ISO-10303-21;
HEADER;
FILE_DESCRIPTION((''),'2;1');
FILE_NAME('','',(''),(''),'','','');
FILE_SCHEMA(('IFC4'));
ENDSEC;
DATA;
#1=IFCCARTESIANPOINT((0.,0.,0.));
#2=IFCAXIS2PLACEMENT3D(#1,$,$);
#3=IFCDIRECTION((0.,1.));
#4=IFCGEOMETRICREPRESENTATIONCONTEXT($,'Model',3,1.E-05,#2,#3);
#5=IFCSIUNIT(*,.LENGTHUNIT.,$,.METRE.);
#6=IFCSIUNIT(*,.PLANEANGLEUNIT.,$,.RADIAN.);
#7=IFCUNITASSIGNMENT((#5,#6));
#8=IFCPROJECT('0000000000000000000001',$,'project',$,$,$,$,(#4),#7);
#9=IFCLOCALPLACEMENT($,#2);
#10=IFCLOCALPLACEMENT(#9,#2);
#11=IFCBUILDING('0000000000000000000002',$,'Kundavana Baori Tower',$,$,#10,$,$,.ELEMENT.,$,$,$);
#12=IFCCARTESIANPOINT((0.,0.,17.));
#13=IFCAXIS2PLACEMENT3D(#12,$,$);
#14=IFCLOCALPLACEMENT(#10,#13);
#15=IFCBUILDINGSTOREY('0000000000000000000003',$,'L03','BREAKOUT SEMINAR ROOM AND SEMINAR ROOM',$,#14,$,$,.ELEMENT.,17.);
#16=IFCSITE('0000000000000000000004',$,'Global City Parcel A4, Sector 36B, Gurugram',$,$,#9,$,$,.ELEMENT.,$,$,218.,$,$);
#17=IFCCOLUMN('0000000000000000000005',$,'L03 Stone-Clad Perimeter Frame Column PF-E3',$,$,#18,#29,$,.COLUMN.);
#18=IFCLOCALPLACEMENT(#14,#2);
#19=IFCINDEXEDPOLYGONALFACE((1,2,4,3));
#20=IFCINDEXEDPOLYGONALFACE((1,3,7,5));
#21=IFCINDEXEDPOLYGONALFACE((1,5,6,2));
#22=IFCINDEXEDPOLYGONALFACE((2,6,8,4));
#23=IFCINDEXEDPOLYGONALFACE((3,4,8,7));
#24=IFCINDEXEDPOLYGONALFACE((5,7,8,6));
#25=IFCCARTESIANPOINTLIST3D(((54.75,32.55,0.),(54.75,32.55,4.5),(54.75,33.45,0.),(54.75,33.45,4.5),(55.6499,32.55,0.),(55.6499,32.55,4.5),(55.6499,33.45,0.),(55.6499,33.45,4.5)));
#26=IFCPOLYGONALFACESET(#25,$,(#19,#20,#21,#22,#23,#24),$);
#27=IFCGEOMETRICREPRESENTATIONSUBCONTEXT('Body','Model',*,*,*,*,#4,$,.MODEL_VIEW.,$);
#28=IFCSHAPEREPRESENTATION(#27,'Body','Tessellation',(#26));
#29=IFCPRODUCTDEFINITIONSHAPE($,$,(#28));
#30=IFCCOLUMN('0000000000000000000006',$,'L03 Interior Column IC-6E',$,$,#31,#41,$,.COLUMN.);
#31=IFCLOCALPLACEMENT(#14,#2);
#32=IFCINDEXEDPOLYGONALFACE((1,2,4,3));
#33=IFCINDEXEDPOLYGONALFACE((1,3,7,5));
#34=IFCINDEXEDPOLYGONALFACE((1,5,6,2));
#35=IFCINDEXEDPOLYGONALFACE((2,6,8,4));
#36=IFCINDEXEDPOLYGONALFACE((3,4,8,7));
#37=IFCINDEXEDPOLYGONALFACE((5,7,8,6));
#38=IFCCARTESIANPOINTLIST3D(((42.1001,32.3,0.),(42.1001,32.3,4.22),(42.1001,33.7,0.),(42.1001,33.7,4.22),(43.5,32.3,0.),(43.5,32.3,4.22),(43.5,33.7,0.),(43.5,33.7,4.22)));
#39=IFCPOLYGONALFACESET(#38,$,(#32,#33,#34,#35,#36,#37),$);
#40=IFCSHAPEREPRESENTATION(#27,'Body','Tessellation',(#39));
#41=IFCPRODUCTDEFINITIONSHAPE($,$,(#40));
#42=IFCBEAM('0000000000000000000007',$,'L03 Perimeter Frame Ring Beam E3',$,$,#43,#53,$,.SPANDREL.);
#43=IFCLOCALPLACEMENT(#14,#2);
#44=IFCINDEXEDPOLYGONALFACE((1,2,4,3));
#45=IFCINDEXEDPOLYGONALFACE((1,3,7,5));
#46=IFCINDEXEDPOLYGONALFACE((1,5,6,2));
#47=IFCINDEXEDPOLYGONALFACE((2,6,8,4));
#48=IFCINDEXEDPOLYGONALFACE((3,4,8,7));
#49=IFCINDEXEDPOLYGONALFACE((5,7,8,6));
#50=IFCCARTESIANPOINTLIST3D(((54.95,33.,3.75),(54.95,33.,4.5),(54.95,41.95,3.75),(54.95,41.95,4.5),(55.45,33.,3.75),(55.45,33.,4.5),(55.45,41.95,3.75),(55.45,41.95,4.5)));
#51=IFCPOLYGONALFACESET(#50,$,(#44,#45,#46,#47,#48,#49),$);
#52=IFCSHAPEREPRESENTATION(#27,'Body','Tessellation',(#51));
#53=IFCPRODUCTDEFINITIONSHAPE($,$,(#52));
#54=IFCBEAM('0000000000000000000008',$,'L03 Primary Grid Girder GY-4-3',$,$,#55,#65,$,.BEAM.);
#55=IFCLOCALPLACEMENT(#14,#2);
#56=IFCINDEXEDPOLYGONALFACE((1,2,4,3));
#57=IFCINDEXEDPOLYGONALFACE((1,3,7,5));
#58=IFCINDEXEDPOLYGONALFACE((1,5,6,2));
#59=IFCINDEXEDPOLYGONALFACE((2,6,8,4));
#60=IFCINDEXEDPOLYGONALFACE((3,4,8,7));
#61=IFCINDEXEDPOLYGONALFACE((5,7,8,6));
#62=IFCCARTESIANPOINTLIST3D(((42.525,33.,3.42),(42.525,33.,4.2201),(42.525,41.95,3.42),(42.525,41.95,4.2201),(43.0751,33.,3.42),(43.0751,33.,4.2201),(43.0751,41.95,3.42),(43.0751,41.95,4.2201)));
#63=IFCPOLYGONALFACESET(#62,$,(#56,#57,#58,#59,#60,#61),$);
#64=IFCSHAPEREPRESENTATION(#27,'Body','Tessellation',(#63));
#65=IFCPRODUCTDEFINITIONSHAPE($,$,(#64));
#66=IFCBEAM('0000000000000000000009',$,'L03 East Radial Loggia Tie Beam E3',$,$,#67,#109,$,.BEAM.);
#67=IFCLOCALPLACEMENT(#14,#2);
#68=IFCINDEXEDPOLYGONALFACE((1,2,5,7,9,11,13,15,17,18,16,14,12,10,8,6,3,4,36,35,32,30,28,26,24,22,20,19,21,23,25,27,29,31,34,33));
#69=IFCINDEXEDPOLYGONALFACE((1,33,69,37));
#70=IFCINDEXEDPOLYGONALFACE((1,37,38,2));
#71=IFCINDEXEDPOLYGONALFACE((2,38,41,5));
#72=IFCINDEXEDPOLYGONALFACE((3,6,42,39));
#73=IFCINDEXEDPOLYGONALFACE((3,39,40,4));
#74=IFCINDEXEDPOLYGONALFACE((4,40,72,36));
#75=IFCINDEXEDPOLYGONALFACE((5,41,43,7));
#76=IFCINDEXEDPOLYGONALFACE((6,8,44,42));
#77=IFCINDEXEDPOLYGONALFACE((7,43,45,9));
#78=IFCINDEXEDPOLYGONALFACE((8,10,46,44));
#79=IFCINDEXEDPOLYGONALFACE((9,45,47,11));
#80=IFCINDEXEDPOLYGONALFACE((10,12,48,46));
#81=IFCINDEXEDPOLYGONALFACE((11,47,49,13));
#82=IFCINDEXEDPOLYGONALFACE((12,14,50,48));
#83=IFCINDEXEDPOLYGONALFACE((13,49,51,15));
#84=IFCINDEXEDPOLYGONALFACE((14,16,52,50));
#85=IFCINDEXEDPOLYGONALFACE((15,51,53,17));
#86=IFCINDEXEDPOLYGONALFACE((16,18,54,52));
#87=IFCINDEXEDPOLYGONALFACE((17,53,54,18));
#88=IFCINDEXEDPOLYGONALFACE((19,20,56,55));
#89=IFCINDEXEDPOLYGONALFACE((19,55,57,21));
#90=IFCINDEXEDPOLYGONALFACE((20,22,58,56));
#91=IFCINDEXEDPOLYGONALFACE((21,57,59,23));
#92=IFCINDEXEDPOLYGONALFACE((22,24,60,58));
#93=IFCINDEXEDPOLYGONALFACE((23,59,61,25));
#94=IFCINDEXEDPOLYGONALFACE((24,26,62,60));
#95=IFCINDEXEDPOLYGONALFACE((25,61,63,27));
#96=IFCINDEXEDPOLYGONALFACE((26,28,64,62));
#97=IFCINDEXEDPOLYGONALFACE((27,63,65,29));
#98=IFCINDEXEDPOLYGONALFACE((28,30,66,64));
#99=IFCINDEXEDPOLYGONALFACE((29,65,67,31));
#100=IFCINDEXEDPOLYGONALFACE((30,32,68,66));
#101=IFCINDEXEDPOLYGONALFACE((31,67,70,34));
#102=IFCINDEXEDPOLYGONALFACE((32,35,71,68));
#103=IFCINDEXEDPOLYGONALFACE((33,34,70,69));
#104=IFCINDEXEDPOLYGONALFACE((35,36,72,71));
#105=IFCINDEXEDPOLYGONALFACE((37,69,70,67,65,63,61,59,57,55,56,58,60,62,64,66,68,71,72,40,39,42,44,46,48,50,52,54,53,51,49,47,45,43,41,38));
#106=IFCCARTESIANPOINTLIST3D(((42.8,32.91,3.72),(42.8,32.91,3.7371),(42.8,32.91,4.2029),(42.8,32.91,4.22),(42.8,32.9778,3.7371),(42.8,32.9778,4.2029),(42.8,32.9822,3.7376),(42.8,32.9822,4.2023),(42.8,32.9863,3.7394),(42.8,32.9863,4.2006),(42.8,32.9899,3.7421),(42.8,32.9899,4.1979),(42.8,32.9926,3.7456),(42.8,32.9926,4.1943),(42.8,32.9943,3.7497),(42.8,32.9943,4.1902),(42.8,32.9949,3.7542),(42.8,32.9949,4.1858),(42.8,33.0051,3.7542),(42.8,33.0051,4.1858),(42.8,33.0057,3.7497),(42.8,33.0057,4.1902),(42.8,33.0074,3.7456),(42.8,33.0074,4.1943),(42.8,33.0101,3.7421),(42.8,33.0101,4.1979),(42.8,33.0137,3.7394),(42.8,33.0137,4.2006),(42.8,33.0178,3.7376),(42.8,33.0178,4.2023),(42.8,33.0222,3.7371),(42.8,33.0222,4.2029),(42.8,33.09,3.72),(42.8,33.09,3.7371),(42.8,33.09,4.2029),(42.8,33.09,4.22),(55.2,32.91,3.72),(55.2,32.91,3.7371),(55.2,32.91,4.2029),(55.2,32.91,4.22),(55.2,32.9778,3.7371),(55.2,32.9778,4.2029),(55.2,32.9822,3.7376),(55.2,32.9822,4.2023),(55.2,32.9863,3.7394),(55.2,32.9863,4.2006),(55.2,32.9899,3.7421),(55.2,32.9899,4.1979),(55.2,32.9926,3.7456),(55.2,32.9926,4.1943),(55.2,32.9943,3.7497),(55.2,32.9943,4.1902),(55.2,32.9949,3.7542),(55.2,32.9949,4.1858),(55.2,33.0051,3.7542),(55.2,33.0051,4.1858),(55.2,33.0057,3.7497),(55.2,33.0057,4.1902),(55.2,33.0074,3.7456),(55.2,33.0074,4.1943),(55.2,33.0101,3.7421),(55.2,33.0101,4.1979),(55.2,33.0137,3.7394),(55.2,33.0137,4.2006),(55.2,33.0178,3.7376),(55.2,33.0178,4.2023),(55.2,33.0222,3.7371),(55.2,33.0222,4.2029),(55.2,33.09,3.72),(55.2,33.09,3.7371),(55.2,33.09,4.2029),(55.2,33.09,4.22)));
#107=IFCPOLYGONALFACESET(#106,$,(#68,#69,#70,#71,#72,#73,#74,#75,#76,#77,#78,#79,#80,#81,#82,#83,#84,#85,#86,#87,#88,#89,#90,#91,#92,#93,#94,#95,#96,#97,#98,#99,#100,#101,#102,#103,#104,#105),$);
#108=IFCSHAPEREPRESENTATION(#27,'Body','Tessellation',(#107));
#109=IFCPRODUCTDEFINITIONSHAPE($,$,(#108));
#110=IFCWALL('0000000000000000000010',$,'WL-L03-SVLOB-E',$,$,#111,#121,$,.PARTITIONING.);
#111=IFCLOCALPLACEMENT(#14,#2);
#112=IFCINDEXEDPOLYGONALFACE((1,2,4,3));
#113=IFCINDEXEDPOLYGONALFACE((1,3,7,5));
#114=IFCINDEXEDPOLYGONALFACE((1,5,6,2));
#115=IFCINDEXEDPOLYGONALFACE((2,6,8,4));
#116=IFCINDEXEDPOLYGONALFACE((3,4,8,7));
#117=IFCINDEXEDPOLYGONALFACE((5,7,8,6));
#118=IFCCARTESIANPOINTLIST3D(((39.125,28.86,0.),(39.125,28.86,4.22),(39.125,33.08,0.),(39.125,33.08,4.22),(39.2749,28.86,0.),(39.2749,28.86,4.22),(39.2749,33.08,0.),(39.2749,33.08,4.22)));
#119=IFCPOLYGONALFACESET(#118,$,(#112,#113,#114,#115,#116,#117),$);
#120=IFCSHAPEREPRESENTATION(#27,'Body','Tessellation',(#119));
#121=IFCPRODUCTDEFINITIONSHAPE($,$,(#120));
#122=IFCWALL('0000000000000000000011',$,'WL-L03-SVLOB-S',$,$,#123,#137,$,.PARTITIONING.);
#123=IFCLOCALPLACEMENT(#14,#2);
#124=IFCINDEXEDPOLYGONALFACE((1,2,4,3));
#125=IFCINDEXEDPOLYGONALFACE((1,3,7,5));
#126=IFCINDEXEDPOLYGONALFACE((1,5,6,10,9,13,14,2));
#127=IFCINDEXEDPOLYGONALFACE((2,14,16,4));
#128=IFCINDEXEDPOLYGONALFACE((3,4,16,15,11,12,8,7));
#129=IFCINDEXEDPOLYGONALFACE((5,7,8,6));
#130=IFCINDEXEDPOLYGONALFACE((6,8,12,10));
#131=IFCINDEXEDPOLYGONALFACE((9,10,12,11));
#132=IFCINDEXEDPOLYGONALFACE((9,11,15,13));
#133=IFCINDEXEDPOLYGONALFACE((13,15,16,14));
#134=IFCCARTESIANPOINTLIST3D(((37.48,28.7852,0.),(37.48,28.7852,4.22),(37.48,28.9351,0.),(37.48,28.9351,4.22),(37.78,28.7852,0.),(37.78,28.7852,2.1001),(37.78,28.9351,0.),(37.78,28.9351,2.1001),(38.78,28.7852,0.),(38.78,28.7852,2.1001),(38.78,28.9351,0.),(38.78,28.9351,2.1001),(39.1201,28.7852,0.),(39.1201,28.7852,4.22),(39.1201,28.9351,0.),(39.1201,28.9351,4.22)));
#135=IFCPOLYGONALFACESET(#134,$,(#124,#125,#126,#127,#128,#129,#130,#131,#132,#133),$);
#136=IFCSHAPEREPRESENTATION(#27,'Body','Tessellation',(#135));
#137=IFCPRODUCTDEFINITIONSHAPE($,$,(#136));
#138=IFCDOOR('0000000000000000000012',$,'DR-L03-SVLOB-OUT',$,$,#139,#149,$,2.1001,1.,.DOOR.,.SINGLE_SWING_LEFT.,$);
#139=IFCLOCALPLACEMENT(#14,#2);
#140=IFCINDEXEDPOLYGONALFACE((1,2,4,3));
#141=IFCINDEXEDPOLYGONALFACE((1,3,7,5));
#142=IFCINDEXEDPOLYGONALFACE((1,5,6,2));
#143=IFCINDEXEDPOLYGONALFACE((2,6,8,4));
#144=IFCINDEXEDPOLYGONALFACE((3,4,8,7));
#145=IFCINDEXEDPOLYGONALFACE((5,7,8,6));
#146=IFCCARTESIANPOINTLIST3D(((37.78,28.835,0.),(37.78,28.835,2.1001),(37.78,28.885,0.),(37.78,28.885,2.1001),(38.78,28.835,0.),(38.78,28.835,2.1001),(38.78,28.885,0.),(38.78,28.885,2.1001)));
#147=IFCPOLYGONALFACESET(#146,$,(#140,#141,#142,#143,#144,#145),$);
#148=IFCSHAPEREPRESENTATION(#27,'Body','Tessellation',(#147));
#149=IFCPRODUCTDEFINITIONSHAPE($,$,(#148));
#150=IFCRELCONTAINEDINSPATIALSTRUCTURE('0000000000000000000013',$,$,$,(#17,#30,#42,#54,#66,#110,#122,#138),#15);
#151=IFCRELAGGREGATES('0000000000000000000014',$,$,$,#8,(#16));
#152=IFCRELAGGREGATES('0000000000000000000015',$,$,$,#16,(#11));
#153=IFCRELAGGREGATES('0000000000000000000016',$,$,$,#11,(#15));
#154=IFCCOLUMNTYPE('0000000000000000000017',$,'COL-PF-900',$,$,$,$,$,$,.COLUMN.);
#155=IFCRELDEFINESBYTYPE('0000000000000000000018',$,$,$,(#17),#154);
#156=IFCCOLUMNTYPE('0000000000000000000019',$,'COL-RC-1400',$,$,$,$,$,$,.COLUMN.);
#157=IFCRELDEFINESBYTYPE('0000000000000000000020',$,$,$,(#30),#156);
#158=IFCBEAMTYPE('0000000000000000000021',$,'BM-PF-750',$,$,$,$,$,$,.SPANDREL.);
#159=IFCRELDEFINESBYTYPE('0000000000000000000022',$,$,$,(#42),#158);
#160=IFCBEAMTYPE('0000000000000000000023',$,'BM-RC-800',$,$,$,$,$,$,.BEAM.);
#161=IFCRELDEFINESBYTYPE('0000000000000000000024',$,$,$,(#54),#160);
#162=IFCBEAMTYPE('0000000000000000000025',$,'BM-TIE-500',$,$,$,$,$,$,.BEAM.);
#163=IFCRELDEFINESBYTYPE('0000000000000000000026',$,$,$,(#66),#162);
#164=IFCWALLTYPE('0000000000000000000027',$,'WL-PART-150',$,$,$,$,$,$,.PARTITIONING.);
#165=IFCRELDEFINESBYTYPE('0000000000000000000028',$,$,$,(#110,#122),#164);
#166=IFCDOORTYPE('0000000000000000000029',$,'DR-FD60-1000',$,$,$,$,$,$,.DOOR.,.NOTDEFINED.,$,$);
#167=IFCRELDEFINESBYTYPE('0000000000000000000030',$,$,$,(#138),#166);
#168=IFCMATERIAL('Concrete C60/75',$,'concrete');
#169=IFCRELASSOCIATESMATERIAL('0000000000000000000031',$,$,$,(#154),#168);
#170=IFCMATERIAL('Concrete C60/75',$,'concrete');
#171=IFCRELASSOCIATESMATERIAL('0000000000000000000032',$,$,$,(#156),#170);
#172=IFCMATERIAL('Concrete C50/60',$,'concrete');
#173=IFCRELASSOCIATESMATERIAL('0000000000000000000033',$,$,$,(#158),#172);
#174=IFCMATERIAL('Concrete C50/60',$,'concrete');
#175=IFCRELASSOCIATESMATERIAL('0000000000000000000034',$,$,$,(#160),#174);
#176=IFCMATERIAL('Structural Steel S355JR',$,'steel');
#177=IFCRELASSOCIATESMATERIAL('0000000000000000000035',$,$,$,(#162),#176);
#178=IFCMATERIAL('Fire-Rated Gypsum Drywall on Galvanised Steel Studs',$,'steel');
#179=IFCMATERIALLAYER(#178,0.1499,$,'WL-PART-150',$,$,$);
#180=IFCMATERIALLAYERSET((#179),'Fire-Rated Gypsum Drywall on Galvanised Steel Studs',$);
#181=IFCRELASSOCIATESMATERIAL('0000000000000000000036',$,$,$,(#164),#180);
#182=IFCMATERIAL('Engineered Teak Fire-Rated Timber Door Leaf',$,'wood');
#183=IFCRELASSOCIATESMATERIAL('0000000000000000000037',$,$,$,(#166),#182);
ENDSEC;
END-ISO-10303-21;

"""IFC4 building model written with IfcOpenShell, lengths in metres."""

from ifc_helpers import new_model, si_unit, direction, frame, frame_2d, origin, origin_2d, place, context, subcontext, project, spatial, rectangle, i_section, extrude, material, layer, layer_set, material_profile, profile_set, type_object, element, fill, save


model = new_model("IFC4")

# Units and contexts
model_context = context("Model", 3, precision=1e-05, world=origin(), true_north=direction((0.0, 1.0)))
body_context = subcontext(model_context, "Body", "Model", "MODEL_VIEW")
ifc_project = project(units=[si_unit("LENGTHUNIT", "METRE"), si_unit("PLANEANGLEUNIT", "RADIAN")], contexts=[model_context])

# Site, building, storey
site_placement = place(None, origin())
site = spatial("IfcSite", under=ifc_project, at=site_placement, Name="Global City Parcel A4, Sector 36B, Gurugram", CompositionType="ELEMENT", RefElevation=218.0)
building_placement = place(site_placement, origin())
building = spatial("IfcBuilding", under=site, at=building_placement, Name="Kundavana Baori Tower", CompositionType="ELEMENT")
storey_placement = place(building_placement, frame((0.0, 0.0, 17.0)))
storey = spatial("IfcBuildingStorey", under=building, at=storey_placement, Name="L03", Description="BREAKOUT SEMINAR ROOM AND SEMINAR ROOM", CompositionType="ELEMENT", Elevation=17.0)

# Columns
ifc_material_1 = material(Name="Concrete C60/75", Category="concrete")
ifc_material_profile_1 = material_profile(ifc_material_1, rectangle(XDim=0.8999, YDim=0.8999, at=origin_2d()), Name="RC PF 900x900")
ifc_profile_set_1 = profile_set([ifc_material_profile_1], Name="Concrete C60/75")
column_type_1 = type_object("IfcColumnType", Name="COL-PF-900", PredefinedType="COLUMN", material=ifc_profile_set_1)
column_1_placement = place(storey_placement, frame((55.2, 33.0, 0.0), z_axis=(0.0, 0.0, 1.0), x_axis=(1.0, 0.0, 0.0)))
element("IfcColumn", 1, at=column_1_placement, inside=storey, type_object=column_type_1, Name="L03 Stone-Clad Perimeter Frame Column PF-E3", PredefinedType="COLUMN", context=body_context, shape_type="SweptSolid", body=[
    extrude(rectangle(XDim=0.8999, YDim=0.8999, at=origin_2d()), origin(), (0.0, 0.0, 1.0), 4.5),
])
ifc_material_2 = material(Name="Concrete C60/75", Category="concrete")
ifc_material_profile_2 = material_profile(ifc_material_2, rectangle(XDim=1.3999, YDim=1.3999, at=origin_2d()), Name="RC 1400x1400")
ifc_profile_set_2 = profile_set([ifc_material_profile_2], Name="Concrete C60/75")
column_type_2 = type_object("IfcColumnType", Name="COL-RC-1400", PredefinedType="COLUMN", material=ifc_profile_set_2)
column_2_placement = place(storey_placement, frame((42.8, 33.0, 0.0), z_axis=(0.0, 0.0, 1.0), x_axis=(1.0, 0.0, 0.0)))
element("IfcColumn", 2, at=column_2_placement, inside=storey, type_object=column_type_2, Name="L03 Interior Column IC-6E", PredefinedType="COLUMN", context=body_context, shape_type="SweptSolid", body=[
    extrude(rectangle(XDim=1.3999, YDim=1.3999, at=origin_2d()), origin(), (0.0, 0.0, 1.0), 4.22),
])

# Beams
ifc_material_3 = material(Name="Concrete C50/60", Category="concrete")
ifc_material_profile_3 = material_profile(ifc_material_3, rectangle(XDim=0.5, YDim=0.75, at=origin_2d()), Name="RC BM 500x750")
ifc_profile_set_3 = profile_set([ifc_material_profile_3], Name="Concrete C50/60")
beam_type_1 = type_object("IfcBeamType", Name="BM-PF-750", PredefinedType="SPANDREL", material=ifc_profile_set_3)
beam_1_placement = place(storey_placement, frame((55.2, 33.0, 4.125), z_axis=(0.0, 1.0, 0.0), x_axis=(-1.0, 0.0, 0.0)))
element("IfcBeam", 3, at=beam_1_placement, inside=storey, type_object=beam_type_1, Name="L03 Perimeter Frame Ring Beam E3", PredefinedType="SPANDREL", context=body_context, shape_type="SweptSolid", body=[
    extrude(rectangle(XDim=0.5, YDim=0.75, at=origin_2d()), origin(), (0.0, 0.0, 1.0), 8.95),
])
ifc_material_4 = material(Name="Concrete C50/60", Category="concrete")
ifc_material_profile_4 = material_profile(ifc_material_4, rectangle(XDim=0.55, YDim=0.8, at=origin_2d()), Name="RC BM 550x800")
ifc_profile_set_4 = profile_set([ifc_material_profile_4], Name="Concrete C50/60")
beam_type_2 = type_object("IfcBeamType", Name="BM-RC-800", PredefinedType="BEAM", material=ifc_profile_set_4)
beam_2_placement = place(storey_placement, frame((42.8, 33.0, 3.8201), z_axis=(0.0, 1.0, 0.0), x_axis=(-1.0, 0.0, 0.0)))
element("IfcBeam", 4, at=beam_2_placement, inside=storey, type_object=beam_type_2, Name="L03 Primary Grid Girder GY-4-3", PredefinedType="BEAM", context=body_context, shape_type="SweptSolid", body=[
    extrude(rectangle(XDim=0.55, YDim=0.8, at=origin_2d()), origin(), (0.0, 0.0, 1.0), 8.95),
])
ifc_material_5 = material(Name="Structural Steel S355JR", Category="steel")
ifc_material_profile_5 = material_profile(ifc_material_5, i_section(OverallWidth=0.1799, OverallDepth=0.5, WebThickness=0.0103, FlangeThickness=0.0171, FilletRadius=0.0171, at=origin_2d()), Name="ISMB 500")
ifc_profile_set_5 = profile_set([ifc_material_profile_5], Name="Structural Steel S355JR")
beam_type_3 = type_object("IfcBeamType", Name="BM-TIE-500", PredefinedType="BEAM", material=ifc_profile_set_5)
beam_3_placement = place(storey_placement, frame((42.8, 33.0, 3.97), z_axis=(1.0, 0.0, 0.0), x_axis=(0.0, 1.0, 0.0)))
element("IfcBeam", 5, at=beam_3_placement, inside=storey, type_object=beam_type_3, Name="L03 East Radial Loggia Tie Beam E3", PredefinedType="BEAM", context=body_context, shape_type="SweptSolid", body=[
    extrude(i_section(OverallWidth=0.1799, OverallDepth=0.5, WebThickness=0.0103, FlangeThickness=0.0171, FilletRadius=0.0171, at=origin_2d()), origin(), (0.0, 0.0, 1.0), 12.3999),
])

# Wall
ifc_material_6 = material(Name="Fire-Rated Gypsum Drywall on Galvanised Steel Studs", Category="steel")
ifc_layer_1 = layer(ifc_material_6, 0.1499, Name="WL-PART-150")
ifc_layer_set_1 = layer_set([ifc_layer_1], Name="Fire-Rated Gypsum Drywall on Galvanised Steel Studs")
wall_type_1 = type_object("IfcWallType", Name="WL-PART-150", PredefinedType="PARTITIONING", material=ifc_layer_set_1)
wall_1_placement = place(storey_placement, frame((39.2, 28.8601, 0.0), z_axis=(0.0, 0.0, 1.0), x_axis=(0.0, 1.0, 0.0)))
element("IfcWall", 6, at=wall_1_placement, inside=storey, type_object=wall_type_1, Name="WL-L03-SVLOB-E", PredefinedType="PARTITIONING", context=body_context, shape_type="SweptSolid", body=[
    extrude(rectangle(XDim=4.22, YDim=0.1499, at=frame_2d((2.1099, 0.0))), origin(), (0.0, 0.0, 1.0), 4.22),
])

# Wall, opening, door
wall_2_placement = place(storey_placement, frame((37.48, 28.8601, 0.0), z_axis=(0.0, 0.0, 1.0), x_axis=(1.0, 0.0, 0.0)))
wall_2 = element("IfcWall", 7, at=wall_2_placement, inside=storey, type_object=wall_type_1, Name="WL-L03-SVLOB-S", PredefinedType="PARTITIONING", context=body_context, shape_type="SweptSolid", body=[
    extrude(rectangle(XDim=1.6401, YDim=0.1499, at=frame_2d((0.8201, 0.0))), origin(), (0.0, 0.0, 1.0), 4.22),
])
opening_1_placement = place(wall_2_placement, frame((0.3, 0.0, 0.0)))
opening_1 = element("IfcOpeningElement", 8, at=opening_1_placement, cuts=wall_2, PredefinedType="OPENING", context=body_context, shape_type="SweptSolid", body=[
    extrude(rectangle(XDim=1.0, YDim=2.1001, at=frame_2d((0.5, 1.05))), frame((0.0, 0.085, 0.0), z_axis=(0.0, -1.0, 0.0), x_axis=(1.0, 0.0, 0.0)), (0.0, 0.0, 1.0), 0.1699),
])
ifc_material_7 = material(Name="Engineered Teak Fire-Rated Timber Door Leaf", Category="wood")
door_type_1 = type_object("IfcDoorType", Name="DR-FD60-1000", OperationType="NOTDEFINED", PredefinedType="DOOR", material=ifc_material_7)
door_1_placement = place(opening_1_placement, origin())
door_1 = element("IfcDoor", 9, at=door_1_placement, inside=storey, type_object=door_type_1, Name="DR-L03-SVLOB-OUT", OperationType="SINGLE_SWING_LEFT", OverallHeight=2.1001, OverallWidth=1.0, PredefinedType="DOOR", context=body_context, shape_type="SweptSolid", body=[
    extrude(rectangle(XDim=1.0, YDim=2.1001, at=frame_2d((0.5, 1.05))), frame((0.0, 0.0249, 0.0), z_axis=(0.0, -1.0, 0.0), x_axis=(1.0, 0.0, 0.0)), (0.0, 0.0, 1.0), 0.05),
])
fill(opening_1, door_1)

save(model, "model.ifc")
